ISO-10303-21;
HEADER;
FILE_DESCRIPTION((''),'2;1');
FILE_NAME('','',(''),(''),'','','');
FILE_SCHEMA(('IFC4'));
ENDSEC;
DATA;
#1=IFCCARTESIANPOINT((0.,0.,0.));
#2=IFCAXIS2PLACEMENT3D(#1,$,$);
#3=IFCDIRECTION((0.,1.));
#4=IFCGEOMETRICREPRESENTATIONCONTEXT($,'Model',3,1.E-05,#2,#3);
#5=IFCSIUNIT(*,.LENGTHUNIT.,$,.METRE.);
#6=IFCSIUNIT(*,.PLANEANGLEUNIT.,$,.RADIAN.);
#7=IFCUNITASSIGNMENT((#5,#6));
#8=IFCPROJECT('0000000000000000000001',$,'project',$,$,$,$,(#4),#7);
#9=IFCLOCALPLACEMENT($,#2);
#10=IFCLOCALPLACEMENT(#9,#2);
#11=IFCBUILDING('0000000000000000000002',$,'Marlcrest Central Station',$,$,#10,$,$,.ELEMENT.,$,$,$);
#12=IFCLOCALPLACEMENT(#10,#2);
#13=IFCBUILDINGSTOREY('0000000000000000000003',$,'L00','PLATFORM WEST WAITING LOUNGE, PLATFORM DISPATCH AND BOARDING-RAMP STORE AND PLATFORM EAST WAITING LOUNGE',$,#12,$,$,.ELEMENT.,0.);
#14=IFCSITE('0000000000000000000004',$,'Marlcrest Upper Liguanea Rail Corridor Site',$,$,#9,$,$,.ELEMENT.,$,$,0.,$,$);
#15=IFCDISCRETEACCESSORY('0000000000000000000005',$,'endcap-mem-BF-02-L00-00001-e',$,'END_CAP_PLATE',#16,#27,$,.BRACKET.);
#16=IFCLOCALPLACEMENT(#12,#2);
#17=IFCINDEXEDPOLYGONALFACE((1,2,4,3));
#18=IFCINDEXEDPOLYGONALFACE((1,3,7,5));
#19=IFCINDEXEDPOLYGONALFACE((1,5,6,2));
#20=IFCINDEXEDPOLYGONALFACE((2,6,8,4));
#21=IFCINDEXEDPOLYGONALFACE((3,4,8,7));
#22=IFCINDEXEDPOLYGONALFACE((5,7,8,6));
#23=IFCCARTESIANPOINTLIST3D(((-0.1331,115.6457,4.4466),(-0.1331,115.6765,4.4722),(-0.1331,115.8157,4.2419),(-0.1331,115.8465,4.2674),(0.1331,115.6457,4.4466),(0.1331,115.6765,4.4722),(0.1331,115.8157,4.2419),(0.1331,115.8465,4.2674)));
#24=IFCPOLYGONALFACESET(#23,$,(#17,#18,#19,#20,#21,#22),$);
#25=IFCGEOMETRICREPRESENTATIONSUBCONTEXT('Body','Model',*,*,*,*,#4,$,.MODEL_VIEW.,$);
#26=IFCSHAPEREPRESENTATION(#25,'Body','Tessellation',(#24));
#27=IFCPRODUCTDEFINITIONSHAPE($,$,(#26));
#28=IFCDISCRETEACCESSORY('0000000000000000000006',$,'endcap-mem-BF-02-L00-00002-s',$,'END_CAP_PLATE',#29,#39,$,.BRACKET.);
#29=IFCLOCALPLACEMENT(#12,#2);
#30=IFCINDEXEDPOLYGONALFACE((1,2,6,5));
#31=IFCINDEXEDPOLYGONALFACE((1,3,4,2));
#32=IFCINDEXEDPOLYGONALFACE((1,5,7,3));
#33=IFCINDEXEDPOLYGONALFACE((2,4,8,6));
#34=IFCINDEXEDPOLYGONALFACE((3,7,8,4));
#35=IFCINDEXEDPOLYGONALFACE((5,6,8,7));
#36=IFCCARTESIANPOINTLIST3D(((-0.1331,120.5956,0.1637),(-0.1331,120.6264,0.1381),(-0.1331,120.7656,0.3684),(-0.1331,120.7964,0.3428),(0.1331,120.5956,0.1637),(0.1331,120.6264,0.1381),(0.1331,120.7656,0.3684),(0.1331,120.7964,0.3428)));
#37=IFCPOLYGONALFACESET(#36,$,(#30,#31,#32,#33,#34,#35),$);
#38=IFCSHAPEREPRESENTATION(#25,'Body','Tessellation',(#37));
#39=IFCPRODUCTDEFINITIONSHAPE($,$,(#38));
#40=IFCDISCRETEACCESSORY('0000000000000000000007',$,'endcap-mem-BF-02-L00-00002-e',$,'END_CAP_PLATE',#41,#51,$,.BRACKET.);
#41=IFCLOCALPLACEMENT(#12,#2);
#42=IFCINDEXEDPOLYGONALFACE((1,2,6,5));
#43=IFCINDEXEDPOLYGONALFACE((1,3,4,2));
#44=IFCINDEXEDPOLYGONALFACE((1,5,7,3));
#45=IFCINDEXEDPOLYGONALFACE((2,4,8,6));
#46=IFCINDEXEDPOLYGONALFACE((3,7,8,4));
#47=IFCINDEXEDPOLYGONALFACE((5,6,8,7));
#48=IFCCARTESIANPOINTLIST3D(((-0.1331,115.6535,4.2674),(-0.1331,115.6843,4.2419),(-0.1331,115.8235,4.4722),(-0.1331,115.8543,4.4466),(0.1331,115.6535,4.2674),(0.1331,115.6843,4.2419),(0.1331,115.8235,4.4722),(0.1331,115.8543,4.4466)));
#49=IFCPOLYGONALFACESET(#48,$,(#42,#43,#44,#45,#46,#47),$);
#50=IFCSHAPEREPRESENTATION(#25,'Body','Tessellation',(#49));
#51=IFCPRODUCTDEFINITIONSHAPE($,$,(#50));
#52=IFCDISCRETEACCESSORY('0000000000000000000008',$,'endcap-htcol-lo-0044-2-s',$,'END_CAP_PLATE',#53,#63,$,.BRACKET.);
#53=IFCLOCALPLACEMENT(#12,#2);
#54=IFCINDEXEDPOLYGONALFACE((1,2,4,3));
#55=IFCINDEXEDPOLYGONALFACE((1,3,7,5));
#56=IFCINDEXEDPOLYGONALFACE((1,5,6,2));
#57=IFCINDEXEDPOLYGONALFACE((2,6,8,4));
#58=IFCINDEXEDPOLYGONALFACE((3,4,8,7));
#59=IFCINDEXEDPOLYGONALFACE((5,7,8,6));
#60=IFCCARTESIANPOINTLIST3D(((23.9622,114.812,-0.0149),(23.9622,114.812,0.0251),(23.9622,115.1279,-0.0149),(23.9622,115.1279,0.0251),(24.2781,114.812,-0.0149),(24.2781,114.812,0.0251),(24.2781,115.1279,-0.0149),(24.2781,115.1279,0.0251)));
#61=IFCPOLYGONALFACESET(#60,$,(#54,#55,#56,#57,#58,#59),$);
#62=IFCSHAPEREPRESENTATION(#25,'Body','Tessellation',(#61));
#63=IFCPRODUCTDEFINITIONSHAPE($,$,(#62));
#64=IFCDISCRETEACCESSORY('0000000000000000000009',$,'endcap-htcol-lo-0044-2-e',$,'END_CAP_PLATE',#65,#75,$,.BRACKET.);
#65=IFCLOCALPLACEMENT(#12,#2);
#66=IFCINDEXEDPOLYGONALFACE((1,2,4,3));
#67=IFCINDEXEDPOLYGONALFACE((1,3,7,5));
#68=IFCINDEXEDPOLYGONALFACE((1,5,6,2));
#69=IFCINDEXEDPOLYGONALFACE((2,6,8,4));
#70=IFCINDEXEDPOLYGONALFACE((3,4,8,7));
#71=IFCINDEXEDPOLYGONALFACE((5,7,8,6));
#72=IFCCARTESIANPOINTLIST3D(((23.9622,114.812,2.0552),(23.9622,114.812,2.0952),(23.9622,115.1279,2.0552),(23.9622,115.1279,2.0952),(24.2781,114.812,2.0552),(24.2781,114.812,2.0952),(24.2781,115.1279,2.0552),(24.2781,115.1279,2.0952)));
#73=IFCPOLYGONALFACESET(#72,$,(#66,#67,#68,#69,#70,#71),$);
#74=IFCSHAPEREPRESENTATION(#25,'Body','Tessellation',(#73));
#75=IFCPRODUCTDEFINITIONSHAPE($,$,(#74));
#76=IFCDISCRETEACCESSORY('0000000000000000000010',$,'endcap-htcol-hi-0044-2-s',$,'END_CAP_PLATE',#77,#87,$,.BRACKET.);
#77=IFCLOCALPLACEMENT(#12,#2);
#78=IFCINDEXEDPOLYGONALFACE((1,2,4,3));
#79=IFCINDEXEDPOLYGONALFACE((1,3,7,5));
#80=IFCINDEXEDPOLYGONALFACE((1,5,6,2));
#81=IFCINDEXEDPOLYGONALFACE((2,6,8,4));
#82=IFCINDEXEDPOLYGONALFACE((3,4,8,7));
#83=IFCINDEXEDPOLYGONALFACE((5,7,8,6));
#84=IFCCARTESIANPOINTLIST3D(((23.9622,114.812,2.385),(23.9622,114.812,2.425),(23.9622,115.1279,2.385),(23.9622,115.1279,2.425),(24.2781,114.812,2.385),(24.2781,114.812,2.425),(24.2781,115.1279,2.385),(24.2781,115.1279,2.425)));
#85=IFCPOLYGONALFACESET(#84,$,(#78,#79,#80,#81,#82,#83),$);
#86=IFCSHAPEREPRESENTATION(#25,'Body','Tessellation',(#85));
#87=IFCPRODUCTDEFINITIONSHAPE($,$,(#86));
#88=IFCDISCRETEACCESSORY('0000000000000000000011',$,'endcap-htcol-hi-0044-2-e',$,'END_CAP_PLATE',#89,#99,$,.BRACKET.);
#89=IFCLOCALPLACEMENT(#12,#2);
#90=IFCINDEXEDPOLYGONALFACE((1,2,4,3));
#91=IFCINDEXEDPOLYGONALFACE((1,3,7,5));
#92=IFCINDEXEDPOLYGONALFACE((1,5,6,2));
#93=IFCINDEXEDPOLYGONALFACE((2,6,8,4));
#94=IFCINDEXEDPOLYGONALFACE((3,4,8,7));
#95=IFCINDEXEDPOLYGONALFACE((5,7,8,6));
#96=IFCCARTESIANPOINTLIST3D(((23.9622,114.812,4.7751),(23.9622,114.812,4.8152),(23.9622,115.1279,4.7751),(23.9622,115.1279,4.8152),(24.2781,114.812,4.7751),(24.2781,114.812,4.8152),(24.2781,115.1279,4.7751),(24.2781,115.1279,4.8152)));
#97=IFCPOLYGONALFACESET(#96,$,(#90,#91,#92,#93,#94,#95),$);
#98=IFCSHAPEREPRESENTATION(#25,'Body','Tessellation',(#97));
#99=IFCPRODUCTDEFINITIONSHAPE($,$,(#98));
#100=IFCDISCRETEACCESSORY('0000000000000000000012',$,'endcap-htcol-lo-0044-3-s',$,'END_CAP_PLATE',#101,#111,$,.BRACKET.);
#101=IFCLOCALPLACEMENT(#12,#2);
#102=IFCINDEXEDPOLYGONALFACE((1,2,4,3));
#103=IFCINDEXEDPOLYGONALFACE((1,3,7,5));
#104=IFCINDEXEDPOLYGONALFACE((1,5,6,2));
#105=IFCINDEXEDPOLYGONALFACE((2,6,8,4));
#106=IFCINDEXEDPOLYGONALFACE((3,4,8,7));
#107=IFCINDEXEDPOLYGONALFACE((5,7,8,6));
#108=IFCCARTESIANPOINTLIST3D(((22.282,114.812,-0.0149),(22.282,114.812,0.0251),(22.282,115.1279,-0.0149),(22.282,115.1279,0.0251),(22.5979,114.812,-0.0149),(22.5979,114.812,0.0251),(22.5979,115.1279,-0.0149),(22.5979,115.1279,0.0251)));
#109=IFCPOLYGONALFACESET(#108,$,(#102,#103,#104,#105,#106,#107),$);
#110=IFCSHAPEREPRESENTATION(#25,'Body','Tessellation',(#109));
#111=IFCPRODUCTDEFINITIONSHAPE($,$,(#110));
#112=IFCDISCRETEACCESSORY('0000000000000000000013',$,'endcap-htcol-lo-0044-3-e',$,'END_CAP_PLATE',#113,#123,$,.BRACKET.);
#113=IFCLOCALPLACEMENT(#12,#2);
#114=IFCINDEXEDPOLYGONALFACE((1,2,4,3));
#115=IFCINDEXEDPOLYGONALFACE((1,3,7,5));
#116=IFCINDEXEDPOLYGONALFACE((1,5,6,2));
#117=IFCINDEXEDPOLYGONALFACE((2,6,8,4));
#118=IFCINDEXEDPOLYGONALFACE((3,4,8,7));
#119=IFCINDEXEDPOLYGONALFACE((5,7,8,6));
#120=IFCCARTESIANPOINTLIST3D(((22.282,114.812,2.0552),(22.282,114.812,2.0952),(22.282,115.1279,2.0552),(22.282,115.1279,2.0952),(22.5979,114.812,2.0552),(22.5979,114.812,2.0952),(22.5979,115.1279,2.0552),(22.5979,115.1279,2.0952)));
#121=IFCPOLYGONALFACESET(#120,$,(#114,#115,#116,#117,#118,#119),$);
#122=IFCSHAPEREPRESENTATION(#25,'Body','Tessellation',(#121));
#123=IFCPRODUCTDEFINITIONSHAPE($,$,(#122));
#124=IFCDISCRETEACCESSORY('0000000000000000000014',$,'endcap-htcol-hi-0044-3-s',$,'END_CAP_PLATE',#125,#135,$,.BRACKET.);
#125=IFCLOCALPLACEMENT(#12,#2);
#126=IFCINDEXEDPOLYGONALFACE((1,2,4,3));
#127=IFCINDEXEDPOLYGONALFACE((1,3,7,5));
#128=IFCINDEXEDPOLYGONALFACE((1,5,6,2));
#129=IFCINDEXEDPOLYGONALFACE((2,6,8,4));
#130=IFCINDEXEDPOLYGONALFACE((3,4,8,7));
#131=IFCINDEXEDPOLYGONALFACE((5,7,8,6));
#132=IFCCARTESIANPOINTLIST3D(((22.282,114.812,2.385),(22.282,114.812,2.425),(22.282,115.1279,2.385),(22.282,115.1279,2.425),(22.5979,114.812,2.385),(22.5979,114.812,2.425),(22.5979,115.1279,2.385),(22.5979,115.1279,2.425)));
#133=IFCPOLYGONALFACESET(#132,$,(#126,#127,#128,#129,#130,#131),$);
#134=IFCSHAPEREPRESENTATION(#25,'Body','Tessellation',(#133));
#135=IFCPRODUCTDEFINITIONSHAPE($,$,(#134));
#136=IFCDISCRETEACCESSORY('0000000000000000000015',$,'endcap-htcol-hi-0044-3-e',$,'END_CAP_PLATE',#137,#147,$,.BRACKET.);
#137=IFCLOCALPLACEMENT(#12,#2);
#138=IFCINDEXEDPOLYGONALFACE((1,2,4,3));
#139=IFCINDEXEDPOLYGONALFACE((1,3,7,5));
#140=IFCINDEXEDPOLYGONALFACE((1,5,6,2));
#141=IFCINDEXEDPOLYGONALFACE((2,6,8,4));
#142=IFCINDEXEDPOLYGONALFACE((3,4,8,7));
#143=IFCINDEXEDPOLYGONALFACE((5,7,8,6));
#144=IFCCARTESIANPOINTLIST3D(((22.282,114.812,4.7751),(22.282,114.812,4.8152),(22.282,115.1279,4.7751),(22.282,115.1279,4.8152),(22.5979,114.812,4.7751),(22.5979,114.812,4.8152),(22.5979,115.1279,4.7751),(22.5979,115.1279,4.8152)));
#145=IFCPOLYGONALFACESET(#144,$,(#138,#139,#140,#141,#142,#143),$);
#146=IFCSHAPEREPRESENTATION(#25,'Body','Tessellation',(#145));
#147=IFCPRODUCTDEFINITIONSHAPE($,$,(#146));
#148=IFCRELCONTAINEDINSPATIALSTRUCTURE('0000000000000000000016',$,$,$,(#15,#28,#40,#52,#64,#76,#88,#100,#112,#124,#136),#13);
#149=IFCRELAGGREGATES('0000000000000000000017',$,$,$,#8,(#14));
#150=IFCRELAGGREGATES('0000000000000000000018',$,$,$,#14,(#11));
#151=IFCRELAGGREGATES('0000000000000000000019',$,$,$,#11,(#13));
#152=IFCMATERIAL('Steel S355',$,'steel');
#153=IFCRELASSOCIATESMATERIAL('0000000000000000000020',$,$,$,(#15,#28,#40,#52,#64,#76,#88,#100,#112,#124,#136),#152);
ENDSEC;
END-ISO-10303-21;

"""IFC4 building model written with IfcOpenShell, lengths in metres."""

from ifc_helpers import new_model, si_unit, direction, frame, origin, origin_2d, place, context, subcontext, project, spatial, rectangle, extrude, material, element, save


model = new_model("IFC4")

# Units and contexts
model_context = context("Model", 3, precision=1e-05, world=origin(), true_north=direction((0.0, 1.0)))
body_context = subcontext(model_context, "Body", "Model", "MODEL_VIEW")
ifc_project = project(units=[si_unit("LENGTHUNIT", "METRE"), si_unit("PLANEANGLEUNIT", "RADIAN")], contexts=[model_context])

# Site, building, storey
site_placement = place(None, origin())
site = spatial("IfcSite", under=ifc_project, at=site_placement, Name="Marlcrest Upper Liguanea Rail Corridor Site", CompositionType="ELEMENT", RefElevation=0.0)
building_placement = place(site_placement, origin())
building = spatial("IfcBuilding", under=site, at=building_placement, Name="Marlcrest Central Station", CompositionType="ELEMENT")
storey_placement = place(building_placement, origin())
storey = spatial("IfcBuildingStorey", under=building, at=storey_placement, Name="L00", Description="PLATFORM WEST WAITING LOUNGE, PLATFORM DISPATCH AND BOARDING-RAMP STORE AND PLATFORM EAST WAITING LOUNGE", CompositionType="ELEMENT", Elevation=0.0)

# Shared definitions
ifc_material_1 = material(Name="Steel S355", Category="steel")

# Discrete accessories
for number, where, z_axis, x_axis, name in (
    (1, (0.0, 115.7307, 4.3442), (0.0, 0.769355, 0.638821), (-1.0, 0.0, 0.0), "endcap-mem-BF-02-L00-00001-e"),
    (2, (0.0, 120.7114, 0.2405), (0.0, -0.769355, 0.638821), (1.0, 0.0, 0.0), "endcap-mem-BF-02-L00-00002-s"),
    (3, (0.0, 115.7693, 4.3442), (0.0, -0.769355, 0.638821), (1.0, 0.0, 0.0), "endcap-mem-BF-02-L00-00002-e"),
):
    element("IfcDiscreteAccessory", number, at=place(storey_placement, frame(where, z_axis=z_axis, x_axis=x_axis)), inside=storey, material=ifc_material_1, Name=name, ObjectType="END_CAP_PLATE", PredefinedType="BRACKET", context=body_context, shape_type="SweptSolid", body=[
        extrude(rectangle(XDim=0.2661, YDim=0.2661, at=origin_2d()), origin(), (0.0, 0.0, 1.0), 0.04),
    ])
for number, where, z_axis, x_axis, name in (
    (4, (24.1201, 114.97, -0.0149), (0.0, 0.0, 1.0), (1.0, 0.0, 0.0), "endcap-htcol-lo-0044-2-s"),
    (5, (24.1201, 114.97, 2.0552), (0.0, 0.0, 1.0), (1.0, 0.0, 0.0), "endcap-htcol-lo-0044-2-e"),
    (6, (24.1201, 114.97, 2.385), (0.0, 0.0, 1.0), (1.0, 0.0, 0.0), "endcap-htcol-hi-0044-2-s"),
    (7, (24.1201, 114.97, 4.7751), (0.0, 0.0, 1.0), (1.0, 0.0, 0.0), "endcap-htcol-hi-0044-2-e"),
    (8, (22.4399, 114.97, -0.0149), (0.0, 0.0, 1.0), (1.0, 0.0, 0.0), "endcap-htcol-lo-0044-3-s"),
    (9, (22.4399, 114.97, 2.0552), (0.0, 0.0, 1.0), (1.0, 0.0, 0.0), "endcap-htcol-lo-0044-3-e"),
    (10, (22.4399, 114.97, 2.385), (0.0, 0.0, 1.0), (1.0, 0.0, 0.0), "endcap-htcol-hi-0044-3-s"),
    (11, (22.4399, 114.97, 4.7751), (0.0, 0.0, 1.0), (1.0, 0.0, 0.0), "endcap-htcol-hi-0044-3-e"),
):
    element("IfcDiscreteAccessory", number, at=place(storey_placement, frame(where, z_axis=z_axis, x_axis=x_axis)), inside=storey, material=ifc_material_1, Name=name, ObjectType="END_CAP_PLATE", PredefinedType="BRACKET", context=body_context, shape_type="SweptSolid", body=[
        extrude(rectangle(XDim=0.3159, YDim=0.3159, at=origin_2d()), origin(), (0.0, 0.0, 1.0), 0.04),
    ])

save(model, "model.ifc")
